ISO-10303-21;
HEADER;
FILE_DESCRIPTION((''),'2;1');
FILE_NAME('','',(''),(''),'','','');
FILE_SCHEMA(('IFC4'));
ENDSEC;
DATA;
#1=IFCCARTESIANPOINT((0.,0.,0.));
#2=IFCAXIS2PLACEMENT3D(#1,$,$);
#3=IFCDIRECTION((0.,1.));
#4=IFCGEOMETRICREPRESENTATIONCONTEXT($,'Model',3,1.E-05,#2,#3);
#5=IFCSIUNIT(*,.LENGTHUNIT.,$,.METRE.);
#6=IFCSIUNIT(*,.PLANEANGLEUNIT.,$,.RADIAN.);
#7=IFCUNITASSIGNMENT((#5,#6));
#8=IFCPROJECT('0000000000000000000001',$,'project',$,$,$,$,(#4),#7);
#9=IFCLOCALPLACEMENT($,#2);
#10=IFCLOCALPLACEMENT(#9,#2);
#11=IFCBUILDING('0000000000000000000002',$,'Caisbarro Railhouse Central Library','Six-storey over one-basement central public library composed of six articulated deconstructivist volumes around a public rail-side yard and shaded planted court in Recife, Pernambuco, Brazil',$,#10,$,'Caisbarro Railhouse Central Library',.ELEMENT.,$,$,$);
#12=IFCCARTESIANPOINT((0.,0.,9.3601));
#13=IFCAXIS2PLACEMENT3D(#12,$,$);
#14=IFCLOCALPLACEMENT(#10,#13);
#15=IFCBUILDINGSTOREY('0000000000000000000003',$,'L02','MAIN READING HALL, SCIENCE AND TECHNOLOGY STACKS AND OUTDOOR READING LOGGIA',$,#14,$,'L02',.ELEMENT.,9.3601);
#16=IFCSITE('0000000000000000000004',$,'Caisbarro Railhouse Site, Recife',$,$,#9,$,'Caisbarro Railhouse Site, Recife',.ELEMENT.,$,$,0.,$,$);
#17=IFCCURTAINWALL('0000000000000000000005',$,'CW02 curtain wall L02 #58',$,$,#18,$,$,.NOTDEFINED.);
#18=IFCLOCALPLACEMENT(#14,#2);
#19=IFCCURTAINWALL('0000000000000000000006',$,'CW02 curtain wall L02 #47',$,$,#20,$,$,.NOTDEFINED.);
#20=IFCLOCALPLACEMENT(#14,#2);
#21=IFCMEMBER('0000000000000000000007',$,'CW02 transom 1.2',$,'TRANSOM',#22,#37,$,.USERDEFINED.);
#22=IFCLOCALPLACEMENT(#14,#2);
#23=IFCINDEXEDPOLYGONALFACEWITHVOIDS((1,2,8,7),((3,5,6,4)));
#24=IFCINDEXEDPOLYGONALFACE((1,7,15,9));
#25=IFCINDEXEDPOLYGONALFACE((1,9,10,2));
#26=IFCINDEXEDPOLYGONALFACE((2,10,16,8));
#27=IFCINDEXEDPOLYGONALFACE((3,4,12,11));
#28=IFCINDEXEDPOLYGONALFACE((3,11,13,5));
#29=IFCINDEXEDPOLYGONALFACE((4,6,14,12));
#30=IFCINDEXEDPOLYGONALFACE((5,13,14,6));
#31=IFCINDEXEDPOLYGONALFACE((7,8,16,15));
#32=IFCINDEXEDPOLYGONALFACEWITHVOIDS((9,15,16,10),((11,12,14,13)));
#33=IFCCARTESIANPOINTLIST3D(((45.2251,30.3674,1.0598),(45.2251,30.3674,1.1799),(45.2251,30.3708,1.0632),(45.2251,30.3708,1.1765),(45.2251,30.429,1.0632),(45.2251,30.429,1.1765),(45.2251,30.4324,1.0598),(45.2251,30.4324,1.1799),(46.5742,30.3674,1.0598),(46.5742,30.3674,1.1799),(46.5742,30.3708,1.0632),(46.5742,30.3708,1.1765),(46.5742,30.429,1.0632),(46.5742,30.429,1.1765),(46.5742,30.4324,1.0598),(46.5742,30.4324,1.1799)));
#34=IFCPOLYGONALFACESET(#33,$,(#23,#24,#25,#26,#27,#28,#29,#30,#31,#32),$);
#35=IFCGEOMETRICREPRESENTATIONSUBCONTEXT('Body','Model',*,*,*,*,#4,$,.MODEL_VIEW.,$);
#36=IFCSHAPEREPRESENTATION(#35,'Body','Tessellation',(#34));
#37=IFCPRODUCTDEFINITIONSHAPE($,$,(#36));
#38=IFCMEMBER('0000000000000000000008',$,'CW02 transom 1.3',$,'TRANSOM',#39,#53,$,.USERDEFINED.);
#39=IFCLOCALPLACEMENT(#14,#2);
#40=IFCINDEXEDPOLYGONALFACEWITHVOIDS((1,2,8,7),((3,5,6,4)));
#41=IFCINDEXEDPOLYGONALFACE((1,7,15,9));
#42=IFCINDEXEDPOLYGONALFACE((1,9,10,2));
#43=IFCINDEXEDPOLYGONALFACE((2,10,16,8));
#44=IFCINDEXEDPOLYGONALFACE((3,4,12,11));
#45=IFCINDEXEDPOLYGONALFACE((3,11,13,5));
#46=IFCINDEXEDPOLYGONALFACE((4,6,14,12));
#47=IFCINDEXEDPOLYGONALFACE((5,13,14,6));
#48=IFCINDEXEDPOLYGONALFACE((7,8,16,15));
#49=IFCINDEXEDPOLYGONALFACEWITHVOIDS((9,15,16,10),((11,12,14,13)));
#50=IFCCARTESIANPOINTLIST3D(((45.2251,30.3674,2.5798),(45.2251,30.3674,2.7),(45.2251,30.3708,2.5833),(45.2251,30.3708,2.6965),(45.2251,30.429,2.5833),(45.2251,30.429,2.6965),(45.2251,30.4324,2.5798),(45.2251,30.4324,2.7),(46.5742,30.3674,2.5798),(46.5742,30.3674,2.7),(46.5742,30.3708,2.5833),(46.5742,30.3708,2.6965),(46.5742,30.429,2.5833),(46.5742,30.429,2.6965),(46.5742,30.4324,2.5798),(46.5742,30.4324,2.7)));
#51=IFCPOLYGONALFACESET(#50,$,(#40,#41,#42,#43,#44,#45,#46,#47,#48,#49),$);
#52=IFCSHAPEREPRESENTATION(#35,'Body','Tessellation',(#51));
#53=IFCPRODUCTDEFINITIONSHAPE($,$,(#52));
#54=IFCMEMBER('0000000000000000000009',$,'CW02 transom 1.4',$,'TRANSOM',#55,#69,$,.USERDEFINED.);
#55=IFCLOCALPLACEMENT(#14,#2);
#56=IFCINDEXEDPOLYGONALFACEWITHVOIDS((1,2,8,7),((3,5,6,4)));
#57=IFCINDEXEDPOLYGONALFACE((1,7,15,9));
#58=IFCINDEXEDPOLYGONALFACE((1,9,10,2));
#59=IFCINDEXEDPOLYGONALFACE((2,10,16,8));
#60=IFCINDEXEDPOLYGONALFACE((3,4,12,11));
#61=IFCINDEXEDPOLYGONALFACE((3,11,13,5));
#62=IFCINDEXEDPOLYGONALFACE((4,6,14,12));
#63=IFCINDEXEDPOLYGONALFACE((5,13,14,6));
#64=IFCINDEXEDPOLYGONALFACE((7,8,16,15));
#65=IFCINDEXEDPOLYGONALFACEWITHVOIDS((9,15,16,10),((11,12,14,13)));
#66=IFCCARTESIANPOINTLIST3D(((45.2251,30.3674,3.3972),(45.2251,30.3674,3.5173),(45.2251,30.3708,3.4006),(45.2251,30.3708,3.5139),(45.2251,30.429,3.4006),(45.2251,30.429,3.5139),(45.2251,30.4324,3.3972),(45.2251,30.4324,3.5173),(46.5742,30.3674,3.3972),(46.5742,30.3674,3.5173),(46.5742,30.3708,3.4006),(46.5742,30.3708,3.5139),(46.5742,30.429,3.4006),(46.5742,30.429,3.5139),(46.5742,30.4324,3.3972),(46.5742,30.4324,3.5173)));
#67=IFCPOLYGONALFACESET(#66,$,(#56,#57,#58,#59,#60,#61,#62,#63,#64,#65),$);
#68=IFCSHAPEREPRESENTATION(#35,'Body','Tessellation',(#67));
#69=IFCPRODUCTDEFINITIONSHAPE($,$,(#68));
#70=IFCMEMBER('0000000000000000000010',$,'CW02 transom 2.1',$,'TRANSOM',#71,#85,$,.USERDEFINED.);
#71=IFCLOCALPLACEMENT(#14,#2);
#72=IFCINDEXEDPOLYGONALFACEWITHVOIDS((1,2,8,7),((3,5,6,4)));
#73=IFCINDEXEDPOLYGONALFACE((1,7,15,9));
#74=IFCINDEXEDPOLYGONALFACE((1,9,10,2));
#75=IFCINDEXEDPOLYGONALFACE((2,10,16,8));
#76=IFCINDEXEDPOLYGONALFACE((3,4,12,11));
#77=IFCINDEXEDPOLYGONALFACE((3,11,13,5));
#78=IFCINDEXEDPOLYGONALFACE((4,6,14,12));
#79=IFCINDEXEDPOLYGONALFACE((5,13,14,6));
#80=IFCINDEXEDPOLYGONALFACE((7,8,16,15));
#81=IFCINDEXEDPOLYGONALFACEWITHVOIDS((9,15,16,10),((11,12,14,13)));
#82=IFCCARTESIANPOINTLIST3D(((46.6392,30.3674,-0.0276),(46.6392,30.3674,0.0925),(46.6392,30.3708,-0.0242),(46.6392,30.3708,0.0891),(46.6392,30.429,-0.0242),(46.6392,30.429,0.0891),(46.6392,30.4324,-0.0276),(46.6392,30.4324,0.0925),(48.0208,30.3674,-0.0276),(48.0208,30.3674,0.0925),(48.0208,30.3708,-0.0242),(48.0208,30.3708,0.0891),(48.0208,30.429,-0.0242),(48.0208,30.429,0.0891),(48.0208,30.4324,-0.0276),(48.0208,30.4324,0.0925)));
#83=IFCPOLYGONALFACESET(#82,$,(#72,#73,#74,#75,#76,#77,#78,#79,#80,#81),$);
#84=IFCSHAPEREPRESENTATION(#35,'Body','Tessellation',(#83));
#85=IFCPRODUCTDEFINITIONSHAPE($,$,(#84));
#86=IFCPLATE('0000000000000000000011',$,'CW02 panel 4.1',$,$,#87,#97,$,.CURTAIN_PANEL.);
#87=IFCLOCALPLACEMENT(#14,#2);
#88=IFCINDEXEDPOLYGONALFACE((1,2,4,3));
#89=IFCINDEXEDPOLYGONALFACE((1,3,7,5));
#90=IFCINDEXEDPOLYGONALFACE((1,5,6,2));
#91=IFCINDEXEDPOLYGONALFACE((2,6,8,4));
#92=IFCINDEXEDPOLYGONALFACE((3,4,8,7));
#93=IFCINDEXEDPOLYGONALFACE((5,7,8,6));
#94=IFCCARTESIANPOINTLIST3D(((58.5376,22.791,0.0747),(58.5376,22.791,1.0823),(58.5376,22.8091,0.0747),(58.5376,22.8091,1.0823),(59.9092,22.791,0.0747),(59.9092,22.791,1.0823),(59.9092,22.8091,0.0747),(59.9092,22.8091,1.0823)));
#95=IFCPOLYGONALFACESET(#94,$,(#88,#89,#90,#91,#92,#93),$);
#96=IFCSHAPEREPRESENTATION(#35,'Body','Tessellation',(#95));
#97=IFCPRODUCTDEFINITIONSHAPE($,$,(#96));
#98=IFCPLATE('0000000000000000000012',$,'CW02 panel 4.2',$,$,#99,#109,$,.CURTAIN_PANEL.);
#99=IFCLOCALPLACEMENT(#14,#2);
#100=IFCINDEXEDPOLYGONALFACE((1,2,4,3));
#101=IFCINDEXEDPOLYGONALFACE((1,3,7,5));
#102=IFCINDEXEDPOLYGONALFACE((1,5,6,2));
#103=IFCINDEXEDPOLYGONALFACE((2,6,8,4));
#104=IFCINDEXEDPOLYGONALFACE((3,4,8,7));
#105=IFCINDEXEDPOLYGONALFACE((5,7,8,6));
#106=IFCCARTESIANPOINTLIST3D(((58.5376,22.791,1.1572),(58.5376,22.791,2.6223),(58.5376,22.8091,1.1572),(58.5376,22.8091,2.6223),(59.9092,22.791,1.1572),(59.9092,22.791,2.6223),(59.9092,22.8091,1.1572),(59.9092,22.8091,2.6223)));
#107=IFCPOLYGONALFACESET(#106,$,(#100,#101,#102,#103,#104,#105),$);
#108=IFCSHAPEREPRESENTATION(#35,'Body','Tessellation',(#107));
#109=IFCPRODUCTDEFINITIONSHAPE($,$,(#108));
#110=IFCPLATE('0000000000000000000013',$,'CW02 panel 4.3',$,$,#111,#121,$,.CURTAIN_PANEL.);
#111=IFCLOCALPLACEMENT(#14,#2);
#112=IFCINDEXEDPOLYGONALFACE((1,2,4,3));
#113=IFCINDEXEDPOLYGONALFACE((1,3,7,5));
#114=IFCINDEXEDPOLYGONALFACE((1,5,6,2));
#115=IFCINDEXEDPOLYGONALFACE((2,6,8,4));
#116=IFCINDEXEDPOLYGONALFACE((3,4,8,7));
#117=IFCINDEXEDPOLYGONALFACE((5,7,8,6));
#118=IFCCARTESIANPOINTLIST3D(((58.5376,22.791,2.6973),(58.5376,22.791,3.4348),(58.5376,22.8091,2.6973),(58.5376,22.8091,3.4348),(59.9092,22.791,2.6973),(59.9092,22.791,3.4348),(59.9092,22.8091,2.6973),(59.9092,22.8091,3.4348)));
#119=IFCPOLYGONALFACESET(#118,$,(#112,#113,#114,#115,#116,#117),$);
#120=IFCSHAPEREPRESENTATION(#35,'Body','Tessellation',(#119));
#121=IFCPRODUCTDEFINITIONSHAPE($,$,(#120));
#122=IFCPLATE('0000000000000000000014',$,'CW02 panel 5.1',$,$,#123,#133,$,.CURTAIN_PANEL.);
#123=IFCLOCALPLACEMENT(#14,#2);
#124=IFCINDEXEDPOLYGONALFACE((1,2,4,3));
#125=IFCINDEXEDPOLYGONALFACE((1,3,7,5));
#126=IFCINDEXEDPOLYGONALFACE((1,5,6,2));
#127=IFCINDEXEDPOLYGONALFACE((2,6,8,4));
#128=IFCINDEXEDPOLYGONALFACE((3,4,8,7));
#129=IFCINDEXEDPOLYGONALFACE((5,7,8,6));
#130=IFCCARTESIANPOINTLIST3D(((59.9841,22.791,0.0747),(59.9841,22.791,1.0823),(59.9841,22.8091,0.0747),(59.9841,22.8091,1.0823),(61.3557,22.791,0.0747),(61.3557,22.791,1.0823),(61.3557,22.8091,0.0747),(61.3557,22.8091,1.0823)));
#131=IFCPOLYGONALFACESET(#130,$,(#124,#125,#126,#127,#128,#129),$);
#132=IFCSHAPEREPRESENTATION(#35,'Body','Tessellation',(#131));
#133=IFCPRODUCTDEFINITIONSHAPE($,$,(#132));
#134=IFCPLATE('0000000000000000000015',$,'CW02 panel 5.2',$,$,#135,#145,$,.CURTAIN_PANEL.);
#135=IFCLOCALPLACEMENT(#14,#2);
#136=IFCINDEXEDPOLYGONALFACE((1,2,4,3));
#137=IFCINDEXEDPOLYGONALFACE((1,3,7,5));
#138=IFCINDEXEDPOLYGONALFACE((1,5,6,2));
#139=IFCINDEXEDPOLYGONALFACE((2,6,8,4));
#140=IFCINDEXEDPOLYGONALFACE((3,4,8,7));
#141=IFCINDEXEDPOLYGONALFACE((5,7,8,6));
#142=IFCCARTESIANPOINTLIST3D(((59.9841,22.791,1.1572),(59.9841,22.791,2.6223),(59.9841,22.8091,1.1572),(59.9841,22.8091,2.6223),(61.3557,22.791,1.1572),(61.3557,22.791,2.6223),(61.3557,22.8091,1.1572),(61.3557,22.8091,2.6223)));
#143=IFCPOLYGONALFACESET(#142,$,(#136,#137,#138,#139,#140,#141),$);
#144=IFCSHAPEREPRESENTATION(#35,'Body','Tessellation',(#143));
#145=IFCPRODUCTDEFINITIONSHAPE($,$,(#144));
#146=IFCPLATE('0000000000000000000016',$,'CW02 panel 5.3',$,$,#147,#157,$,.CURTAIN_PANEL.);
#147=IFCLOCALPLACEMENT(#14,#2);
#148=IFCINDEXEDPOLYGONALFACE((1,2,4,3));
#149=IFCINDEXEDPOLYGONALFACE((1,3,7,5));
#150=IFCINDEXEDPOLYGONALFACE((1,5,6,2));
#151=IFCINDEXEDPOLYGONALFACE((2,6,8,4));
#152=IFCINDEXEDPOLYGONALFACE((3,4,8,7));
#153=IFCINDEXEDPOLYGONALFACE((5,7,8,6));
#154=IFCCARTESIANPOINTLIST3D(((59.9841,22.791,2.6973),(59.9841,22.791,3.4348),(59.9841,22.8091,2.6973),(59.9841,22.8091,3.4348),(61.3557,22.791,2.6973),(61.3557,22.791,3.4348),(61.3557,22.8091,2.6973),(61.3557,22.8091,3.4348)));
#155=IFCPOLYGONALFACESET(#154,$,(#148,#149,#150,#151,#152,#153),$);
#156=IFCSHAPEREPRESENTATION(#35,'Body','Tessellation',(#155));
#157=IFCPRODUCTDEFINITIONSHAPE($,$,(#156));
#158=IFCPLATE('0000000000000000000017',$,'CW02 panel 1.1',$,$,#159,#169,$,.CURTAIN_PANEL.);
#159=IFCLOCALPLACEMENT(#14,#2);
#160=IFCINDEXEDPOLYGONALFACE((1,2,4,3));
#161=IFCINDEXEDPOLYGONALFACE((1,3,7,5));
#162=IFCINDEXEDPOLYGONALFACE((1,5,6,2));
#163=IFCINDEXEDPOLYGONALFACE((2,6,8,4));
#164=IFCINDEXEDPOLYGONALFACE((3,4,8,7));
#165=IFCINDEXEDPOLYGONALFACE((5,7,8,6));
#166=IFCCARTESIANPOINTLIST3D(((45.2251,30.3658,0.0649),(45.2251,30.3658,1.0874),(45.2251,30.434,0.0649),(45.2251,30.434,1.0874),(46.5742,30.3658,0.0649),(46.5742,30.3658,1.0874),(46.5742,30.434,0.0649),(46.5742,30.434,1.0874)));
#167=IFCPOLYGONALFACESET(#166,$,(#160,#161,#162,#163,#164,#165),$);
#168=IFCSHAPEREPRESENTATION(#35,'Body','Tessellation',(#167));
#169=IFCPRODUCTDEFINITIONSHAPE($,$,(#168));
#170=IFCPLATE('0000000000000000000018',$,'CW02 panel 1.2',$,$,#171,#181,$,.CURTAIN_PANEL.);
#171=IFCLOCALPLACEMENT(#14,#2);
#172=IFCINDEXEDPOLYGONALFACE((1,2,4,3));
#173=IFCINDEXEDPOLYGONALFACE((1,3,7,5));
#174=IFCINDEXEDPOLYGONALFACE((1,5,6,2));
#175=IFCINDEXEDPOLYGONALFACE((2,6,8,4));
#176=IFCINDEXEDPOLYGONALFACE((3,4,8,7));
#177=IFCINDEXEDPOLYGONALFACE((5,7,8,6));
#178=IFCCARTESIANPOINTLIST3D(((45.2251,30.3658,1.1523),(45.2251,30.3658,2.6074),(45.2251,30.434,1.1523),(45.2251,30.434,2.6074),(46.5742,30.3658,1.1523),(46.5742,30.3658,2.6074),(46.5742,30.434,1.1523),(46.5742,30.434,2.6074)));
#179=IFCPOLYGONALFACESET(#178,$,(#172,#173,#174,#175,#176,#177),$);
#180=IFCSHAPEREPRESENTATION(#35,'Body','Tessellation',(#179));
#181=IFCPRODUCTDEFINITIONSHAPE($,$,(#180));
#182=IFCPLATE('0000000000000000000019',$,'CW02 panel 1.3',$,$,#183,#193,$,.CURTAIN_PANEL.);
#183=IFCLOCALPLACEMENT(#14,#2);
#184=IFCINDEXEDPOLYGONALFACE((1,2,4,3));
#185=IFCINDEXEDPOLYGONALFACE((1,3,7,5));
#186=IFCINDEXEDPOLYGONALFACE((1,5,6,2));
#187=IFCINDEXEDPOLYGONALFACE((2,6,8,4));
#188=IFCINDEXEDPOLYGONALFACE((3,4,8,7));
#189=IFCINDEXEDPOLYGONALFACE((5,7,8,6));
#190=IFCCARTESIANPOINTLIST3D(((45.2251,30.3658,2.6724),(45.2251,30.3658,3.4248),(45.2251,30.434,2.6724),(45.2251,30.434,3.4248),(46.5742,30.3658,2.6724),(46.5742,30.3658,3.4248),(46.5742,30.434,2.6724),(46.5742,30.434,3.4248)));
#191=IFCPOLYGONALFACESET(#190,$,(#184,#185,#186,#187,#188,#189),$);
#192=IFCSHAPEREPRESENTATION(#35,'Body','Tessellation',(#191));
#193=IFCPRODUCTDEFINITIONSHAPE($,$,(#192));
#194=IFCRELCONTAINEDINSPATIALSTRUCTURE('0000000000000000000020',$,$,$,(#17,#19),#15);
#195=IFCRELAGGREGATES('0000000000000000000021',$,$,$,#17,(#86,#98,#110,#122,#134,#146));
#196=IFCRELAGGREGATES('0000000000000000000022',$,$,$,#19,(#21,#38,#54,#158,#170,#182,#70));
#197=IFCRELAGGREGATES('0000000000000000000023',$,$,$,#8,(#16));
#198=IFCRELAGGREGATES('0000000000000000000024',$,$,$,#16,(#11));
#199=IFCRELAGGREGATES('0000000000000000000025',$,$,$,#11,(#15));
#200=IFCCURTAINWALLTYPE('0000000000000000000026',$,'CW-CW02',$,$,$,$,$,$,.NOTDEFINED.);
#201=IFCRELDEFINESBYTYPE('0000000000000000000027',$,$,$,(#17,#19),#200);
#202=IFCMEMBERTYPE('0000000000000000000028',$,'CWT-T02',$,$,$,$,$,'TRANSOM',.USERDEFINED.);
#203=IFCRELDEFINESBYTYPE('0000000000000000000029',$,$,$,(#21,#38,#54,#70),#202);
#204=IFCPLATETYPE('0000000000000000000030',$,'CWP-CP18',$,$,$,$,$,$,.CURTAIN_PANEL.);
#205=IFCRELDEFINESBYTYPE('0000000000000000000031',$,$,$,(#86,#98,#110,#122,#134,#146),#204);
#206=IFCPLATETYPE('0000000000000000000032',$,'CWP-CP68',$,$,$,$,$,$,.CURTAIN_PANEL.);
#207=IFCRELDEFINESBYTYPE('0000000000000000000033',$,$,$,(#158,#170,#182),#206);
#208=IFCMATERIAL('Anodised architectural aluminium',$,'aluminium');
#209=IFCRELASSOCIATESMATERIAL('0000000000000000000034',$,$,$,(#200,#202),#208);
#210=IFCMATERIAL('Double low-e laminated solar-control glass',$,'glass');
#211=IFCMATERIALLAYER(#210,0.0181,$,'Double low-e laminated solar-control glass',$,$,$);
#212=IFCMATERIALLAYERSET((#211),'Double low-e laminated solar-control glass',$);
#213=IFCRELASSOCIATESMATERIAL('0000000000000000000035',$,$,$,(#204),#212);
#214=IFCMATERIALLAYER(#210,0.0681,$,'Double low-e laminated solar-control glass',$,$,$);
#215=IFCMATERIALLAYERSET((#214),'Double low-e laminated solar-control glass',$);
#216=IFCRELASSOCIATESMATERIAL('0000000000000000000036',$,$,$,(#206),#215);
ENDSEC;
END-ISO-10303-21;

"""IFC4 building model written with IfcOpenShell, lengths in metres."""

from ifc_helpers import new_model, si_unit, direction, frame, origin, origin_2d, place, context, subcontext, project, spatial, rectangle, hollow_rectangle, extrude, material, layer, layer_set, material_profile, profile_set, type_object, element, aggregate, save


model = new_model("IFC4")

# Units and contexts
model_context = context("Model", 3, precision=1e-05, world=origin(), true_north=direction((0.0, 1.0)))
body_context = subcontext(model_context, "Body", "Model", "MODEL_VIEW")
ifc_project = project(units=[si_unit("LENGTHUNIT", "METRE"), si_unit("PLANEANGLEUNIT", "RADIAN")], contexts=[model_context])

# Site, building, storey
site_placement = place(None, origin())
site = spatial("IfcSite", under=ifc_project, at=site_placement, Name="Caisbarro Railhouse Site, Recife", LongName="Caisbarro Railhouse Site, Recife", CompositionType="ELEMENT", RefElevation=0.0)
building_placement = place(site_placement, origin())
building = spatial("IfcBuilding", under=site, at=building_placement, Name="Caisbarro Railhouse Central Library", Description="Six-storey over one-basement central public library composed of six articulated deconstructivist volumes around a public rail-side yard and shaded planted court in Recife, Pernambuco, Brazil", LongName="Caisbarro Railhouse Central Library", CompositionType="ELEMENT")
storey_placement = place(building_placement, frame((0.0, 0.0, 9.3601)))
storey = spatial("IfcBuildingStorey", under=building, at=storey_placement, Name="L02", Description="MAIN READING HALL, SCIENCE AND TECHNOLOGY STACKS AND OUTDOOR READING LOGGIA", LongName="L02", CompositionType="ELEMENT", Elevation=9.3601)

# Curtain wall
ifc_material_1 = material(Name="Anodised architectural aluminium", Category="aluminium")
curtain_wall_type = type_object("IfcCurtainWallType", Name="CW-CW02", PredefinedType="NOTDEFINED", material=ifc_material_1)
curtain_wall_1_placement = place(storey_placement, origin())
curtain_wall_1 = element("IfcCurtainWall", 1, at=curtain_wall_1_placement, inside=storey, type_object=curtain_wall_type, Name="CW02 curtain wall L02 #58", PredefinedType="NOTDEFINED")

# Curtain wall
curtain_wall_2_placement = place(storey_placement, origin())
curtain_wall_2 = element("IfcCurtainWall", 2, at=curtain_wall_2_placement, inside=storey, type_object=curtain_wall_type, Name="CW02 curtain wall L02 #47", PredefinedType="NOTDEFINED")

# Members
ifc_material_profile_1 = material_profile(ifc_material_1, hollow_rectangle(XDim=0.0649, YDim=0.1201, WallThickness=0.0034, at=origin_2d()), Name="ALU-TRN-65X120")
ifc_profile_set_1 = profile_set([ifc_material_profile_1], Name="Anodised architectural aluminium")
member_type_1 = type_object("IfcMemberType", Name="CWT-T02", ElementType="TRANSOM", PredefinedType="USERDEFINED", material=ifc_profile_set_1)
member_1_placement = place(storey_placement, frame((45.2251, 30.3999, 1.1199), z_axis=(1.0, 0.0, 0.0), x_axis=(0.0, 1.0, 0.0)))
member_1 = element("IfcMember", 3, at=member_1_placement, type_object=member_type_1, Name="CW02 transom 1.2", ObjectType="TRANSOM", PredefinedType="USERDEFINED", context=body_context, shape_type="SweptSolid", body=[
    extrude(hollow_rectangle(XDim=0.0649, YDim=0.1201, WallThickness=0.0034, at=origin_2d()), origin(), (0.0, 0.0, 1.0), 1.3491),
])
member_2_placement = place(storey_placement, frame((45.2251, 30.3999, 2.6399), z_axis=(1.0, 0.0, 0.0), x_axis=(0.0, 1.0, 0.0)))
member_2 = element("IfcMember", 4, at=member_2_placement, type_object=member_type_1, Name="CW02 transom 1.3", ObjectType="TRANSOM", PredefinedType="USERDEFINED", context=body_context, shape_type="SweptSolid", body=[
    extrude(hollow_rectangle(XDim=0.0649, YDim=0.1201, WallThickness=0.0034, at=origin_2d()), origin(), (0.0, 0.0, 1.0), 1.3491),
])
member_3_placement = place(storey_placement, frame((45.2251, 30.3999, 3.4573), z_axis=(1.0, 0.0, 0.0), x_axis=(0.0, 1.0, 0.0)))
member_3 = element("IfcMember", 5, at=member_3_placement, type_object=member_type_1, Name="CW02 transom 1.4", ObjectType="TRANSOM", PredefinedType="USERDEFINED", context=body_context, shape_type="SweptSolid", body=[
    extrude(hollow_rectangle(XDim=0.0649, YDim=0.1201, WallThickness=0.0034, at=origin_2d()), origin(), (0.0, 0.0, 1.0), 1.3491),
])
member_4_placement = place(storey_placement, frame((46.6392, 30.3999, 0.0325), z_axis=(1.0, 0.0, 0.0), x_axis=(0.0, 1.0, 0.0)))
member_4 = element("IfcMember", 6, at=member_4_placement, type_object=member_type_1, Name="CW02 transom 2.1", ObjectType="TRANSOM", PredefinedType="USERDEFINED", context=body_context, shape_type="SweptSolid", body=[
    extrude(hollow_rectangle(XDim=0.0649, YDim=0.1201, WallThickness=0.0034, at=origin_2d()), origin(), (0.0, 0.0, 1.0), 1.3816),
])

# Plates
ifc_material_2 = material(Name="Double low-e laminated solar-control glass", Category="glass")
ifc_layer_1 = layer(ifc_material_2, 0.0181, Name="Double low-e laminated solar-control glass")
ifc_layer_set_1 = layer_set([ifc_layer_1], Name="Double low-e laminated solar-control glass")
plate_type_1 = type_object("IfcPlateType", Name="CWP-CP18", PredefinedType="CURTAIN_PANEL", material=ifc_layer_set_1)
plate_1_placement = place(storey_placement, frame((59.2234, 22.8, 0.0747), z_axis=(0.0, 0.0, 1.0), x_axis=(1.0, 0.0, 0.0)))
plate_1 = element("IfcPlate", 7, at=plate_1_placement, type_object=plate_type_1, Name="CW02 panel 4.1", PredefinedType="CURTAIN_PANEL", context=body_context, shape_type="SweptSolid", body=[
    extrude(rectangle(XDim=1.3716, YDim=0.0181, at=origin_2d()), origin(), (0.0, 0.0, 1.0), 1.0076),
])
plate_2_placement = place(storey_placement, frame((59.2234, 22.8, 1.1572), z_axis=(0.0, 0.0, 1.0), x_axis=(1.0, 0.0, 0.0)))
plate_2 = element("IfcPlate", 8, at=plate_2_placement, type_object=plate_type_1, Name="CW02 panel 4.2", PredefinedType="CURTAIN_PANEL", context=body_context, shape_type="SweptSolid", body=[
    extrude(rectangle(XDim=1.3716, YDim=0.0181, at=origin_2d()), origin(), (0.0, 0.0, 1.0), 1.4651),
])
plate_3_placement = place(storey_placement, frame((59.2234, 22.8, 2.6973), z_axis=(0.0, 0.0, 1.0), x_axis=(1.0, 0.0, 0.0)))
plate_3 = element("IfcPlate", 9, at=plate_3_placement, type_object=plate_type_1, Name="CW02 panel 4.3", PredefinedType="CURTAIN_PANEL", context=body_context, shape_type="SweptSolid", body=[
    extrude(rectangle(XDim=1.3716, YDim=0.0181, at=origin_2d()), origin(), (0.0, 0.0, 1.0), 0.7375),
])
plate_4_placement = place(storey_placement, frame((60.6699, 22.8, 0.0747), z_axis=(0.0, 0.0, 1.0), x_axis=(1.0, 0.0, 0.0)))
plate_4 = element("IfcPlate", 10, at=plate_4_placement, type_object=plate_type_1, Name="CW02 panel 5.1", PredefinedType="CURTAIN_PANEL", context=body_context, shape_type="SweptSolid", body=[
    extrude(rectangle(XDim=1.3716, YDim=0.0181, at=origin_2d()), origin(), (0.0, 0.0, 1.0), 1.0076),
])
plate_5_placement = place(storey_placement, frame((60.6699, 22.8, 1.1572), z_axis=(0.0, 0.0, 1.0), x_axis=(1.0, 0.0, 0.0)))
plate_5 = element("IfcPlate", 11, at=plate_5_placement, type_object=plate_type_1, Name="CW02 panel 5.2", PredefinedType="CURTAIN_PANEL", context=body_context, shape_type="SweptSolid", body=[
    extrude(rectangle(XDim=1.3716, YDim=0.0181, at=origin_2d()), origin(), (0.0, 0.0, 1.0), 1.4651),
])
plate_6_placement = place(storey_placement, frame((60.6699, 22.8, 2.6973), z_axis=(0.0, 0.0, 1.0), x_axis=(1.0, 0.0, 0.0)))
plate_6 = element("IfcPlate", 12, at=plate_6_placement, type_object=plate_type_1, Name="CW02 panel 5.3", PredefinedType="CURTAIN_PANEL", context=body_context, shape_type="SweptSolid", body=[
    extrude(rectangle(XDim=1.3716, YDim=0.0181, at=origin_2d()), origin(), (0.0, 0.0, 1.0), 0.7375),
])
aggregate(curtain_wall_1, [plate_1, plate_2, plate_3, plate_4, plate_5, plate_6])
ifc_layer_2 = layer(ifc_material_2, 0.0681, Name="Double low-e laminated solar-control glass")
ifc_layer_set_2 = layer_set([ifc_layer_2], Name="Double low-e laminated solar-control glass")
plate_type_2 = type_object("IfcPlateType", Name="CWP-CP68", PredefinedType="CURTAIN_PANEL", material=ifc_layer_set_2)
plate_7_placement = place(storey_placement, frame((45.8997, 30.3999, 0.0649), z_axis=(0.0, 0.0, 1.0), x_axis=(1.0, 0.0, 0.0)))
plate_7 = element("IfcPlate", 13, at=plate_7_placement, type_object=plate_type_2, Name="CW02 panel 1.1", PredefinedType="CURTAIN_PANEL", context=body_context, shape_type="SweptSolid", body=[
    extrude(rectangle(XDim=1.3491, YDim=0.0681, at=origin_2d()), origin(), (0.0, 0.0, 1.0), 1.0225),
])
plate_8_placement = place(storey_placement, frame((45.8997, 30.3999, 1.1523), z_axis=(0.0, 0.0, 1.0), x_axis=(1.0, 0.0, 0.0)))
plate_8 = element("IfcPlate", 14, at=plate_8_placement, type_object=plate_type_2, Name="CW02 panel 1.2", PredefinedType="CURTAIN_PANEL", context=body_context, shape_type="SweptSolid", body=[
    extrude(rectangle(XDim=1.3491, YDim=0.0681, at=origin_2d()), origin(), (0.0, 0.0, 1.0), 1.4551),
])
plate_9_placement = place(storey_placement, frame((45.8997, 30.3999, 2.6724), z_axis=(0.0, 0.0, 1.0), x_axis=(1.0, 0.0, 0.0)))
plate_9 = element("IfcPlate", 15, at=plate_9_placement, type_object=plate_type_2, Name="CW02 panel 1.3", PredefinedType="CURTAIN_PANEL", context=body_context, shape_type="SweptSolid", body=[
    extrude(rectangle(XDim=1.3491, YDim=0.0681, at=origin_2d()), origin(), (0.0, 0.0, 1.0), 0.7524),
])
aggregate(curtain_wall_2, [member_1, member_2, member_3, plate_7, plate_8, plate_9, member_4])

save(model, "model.ifc")
